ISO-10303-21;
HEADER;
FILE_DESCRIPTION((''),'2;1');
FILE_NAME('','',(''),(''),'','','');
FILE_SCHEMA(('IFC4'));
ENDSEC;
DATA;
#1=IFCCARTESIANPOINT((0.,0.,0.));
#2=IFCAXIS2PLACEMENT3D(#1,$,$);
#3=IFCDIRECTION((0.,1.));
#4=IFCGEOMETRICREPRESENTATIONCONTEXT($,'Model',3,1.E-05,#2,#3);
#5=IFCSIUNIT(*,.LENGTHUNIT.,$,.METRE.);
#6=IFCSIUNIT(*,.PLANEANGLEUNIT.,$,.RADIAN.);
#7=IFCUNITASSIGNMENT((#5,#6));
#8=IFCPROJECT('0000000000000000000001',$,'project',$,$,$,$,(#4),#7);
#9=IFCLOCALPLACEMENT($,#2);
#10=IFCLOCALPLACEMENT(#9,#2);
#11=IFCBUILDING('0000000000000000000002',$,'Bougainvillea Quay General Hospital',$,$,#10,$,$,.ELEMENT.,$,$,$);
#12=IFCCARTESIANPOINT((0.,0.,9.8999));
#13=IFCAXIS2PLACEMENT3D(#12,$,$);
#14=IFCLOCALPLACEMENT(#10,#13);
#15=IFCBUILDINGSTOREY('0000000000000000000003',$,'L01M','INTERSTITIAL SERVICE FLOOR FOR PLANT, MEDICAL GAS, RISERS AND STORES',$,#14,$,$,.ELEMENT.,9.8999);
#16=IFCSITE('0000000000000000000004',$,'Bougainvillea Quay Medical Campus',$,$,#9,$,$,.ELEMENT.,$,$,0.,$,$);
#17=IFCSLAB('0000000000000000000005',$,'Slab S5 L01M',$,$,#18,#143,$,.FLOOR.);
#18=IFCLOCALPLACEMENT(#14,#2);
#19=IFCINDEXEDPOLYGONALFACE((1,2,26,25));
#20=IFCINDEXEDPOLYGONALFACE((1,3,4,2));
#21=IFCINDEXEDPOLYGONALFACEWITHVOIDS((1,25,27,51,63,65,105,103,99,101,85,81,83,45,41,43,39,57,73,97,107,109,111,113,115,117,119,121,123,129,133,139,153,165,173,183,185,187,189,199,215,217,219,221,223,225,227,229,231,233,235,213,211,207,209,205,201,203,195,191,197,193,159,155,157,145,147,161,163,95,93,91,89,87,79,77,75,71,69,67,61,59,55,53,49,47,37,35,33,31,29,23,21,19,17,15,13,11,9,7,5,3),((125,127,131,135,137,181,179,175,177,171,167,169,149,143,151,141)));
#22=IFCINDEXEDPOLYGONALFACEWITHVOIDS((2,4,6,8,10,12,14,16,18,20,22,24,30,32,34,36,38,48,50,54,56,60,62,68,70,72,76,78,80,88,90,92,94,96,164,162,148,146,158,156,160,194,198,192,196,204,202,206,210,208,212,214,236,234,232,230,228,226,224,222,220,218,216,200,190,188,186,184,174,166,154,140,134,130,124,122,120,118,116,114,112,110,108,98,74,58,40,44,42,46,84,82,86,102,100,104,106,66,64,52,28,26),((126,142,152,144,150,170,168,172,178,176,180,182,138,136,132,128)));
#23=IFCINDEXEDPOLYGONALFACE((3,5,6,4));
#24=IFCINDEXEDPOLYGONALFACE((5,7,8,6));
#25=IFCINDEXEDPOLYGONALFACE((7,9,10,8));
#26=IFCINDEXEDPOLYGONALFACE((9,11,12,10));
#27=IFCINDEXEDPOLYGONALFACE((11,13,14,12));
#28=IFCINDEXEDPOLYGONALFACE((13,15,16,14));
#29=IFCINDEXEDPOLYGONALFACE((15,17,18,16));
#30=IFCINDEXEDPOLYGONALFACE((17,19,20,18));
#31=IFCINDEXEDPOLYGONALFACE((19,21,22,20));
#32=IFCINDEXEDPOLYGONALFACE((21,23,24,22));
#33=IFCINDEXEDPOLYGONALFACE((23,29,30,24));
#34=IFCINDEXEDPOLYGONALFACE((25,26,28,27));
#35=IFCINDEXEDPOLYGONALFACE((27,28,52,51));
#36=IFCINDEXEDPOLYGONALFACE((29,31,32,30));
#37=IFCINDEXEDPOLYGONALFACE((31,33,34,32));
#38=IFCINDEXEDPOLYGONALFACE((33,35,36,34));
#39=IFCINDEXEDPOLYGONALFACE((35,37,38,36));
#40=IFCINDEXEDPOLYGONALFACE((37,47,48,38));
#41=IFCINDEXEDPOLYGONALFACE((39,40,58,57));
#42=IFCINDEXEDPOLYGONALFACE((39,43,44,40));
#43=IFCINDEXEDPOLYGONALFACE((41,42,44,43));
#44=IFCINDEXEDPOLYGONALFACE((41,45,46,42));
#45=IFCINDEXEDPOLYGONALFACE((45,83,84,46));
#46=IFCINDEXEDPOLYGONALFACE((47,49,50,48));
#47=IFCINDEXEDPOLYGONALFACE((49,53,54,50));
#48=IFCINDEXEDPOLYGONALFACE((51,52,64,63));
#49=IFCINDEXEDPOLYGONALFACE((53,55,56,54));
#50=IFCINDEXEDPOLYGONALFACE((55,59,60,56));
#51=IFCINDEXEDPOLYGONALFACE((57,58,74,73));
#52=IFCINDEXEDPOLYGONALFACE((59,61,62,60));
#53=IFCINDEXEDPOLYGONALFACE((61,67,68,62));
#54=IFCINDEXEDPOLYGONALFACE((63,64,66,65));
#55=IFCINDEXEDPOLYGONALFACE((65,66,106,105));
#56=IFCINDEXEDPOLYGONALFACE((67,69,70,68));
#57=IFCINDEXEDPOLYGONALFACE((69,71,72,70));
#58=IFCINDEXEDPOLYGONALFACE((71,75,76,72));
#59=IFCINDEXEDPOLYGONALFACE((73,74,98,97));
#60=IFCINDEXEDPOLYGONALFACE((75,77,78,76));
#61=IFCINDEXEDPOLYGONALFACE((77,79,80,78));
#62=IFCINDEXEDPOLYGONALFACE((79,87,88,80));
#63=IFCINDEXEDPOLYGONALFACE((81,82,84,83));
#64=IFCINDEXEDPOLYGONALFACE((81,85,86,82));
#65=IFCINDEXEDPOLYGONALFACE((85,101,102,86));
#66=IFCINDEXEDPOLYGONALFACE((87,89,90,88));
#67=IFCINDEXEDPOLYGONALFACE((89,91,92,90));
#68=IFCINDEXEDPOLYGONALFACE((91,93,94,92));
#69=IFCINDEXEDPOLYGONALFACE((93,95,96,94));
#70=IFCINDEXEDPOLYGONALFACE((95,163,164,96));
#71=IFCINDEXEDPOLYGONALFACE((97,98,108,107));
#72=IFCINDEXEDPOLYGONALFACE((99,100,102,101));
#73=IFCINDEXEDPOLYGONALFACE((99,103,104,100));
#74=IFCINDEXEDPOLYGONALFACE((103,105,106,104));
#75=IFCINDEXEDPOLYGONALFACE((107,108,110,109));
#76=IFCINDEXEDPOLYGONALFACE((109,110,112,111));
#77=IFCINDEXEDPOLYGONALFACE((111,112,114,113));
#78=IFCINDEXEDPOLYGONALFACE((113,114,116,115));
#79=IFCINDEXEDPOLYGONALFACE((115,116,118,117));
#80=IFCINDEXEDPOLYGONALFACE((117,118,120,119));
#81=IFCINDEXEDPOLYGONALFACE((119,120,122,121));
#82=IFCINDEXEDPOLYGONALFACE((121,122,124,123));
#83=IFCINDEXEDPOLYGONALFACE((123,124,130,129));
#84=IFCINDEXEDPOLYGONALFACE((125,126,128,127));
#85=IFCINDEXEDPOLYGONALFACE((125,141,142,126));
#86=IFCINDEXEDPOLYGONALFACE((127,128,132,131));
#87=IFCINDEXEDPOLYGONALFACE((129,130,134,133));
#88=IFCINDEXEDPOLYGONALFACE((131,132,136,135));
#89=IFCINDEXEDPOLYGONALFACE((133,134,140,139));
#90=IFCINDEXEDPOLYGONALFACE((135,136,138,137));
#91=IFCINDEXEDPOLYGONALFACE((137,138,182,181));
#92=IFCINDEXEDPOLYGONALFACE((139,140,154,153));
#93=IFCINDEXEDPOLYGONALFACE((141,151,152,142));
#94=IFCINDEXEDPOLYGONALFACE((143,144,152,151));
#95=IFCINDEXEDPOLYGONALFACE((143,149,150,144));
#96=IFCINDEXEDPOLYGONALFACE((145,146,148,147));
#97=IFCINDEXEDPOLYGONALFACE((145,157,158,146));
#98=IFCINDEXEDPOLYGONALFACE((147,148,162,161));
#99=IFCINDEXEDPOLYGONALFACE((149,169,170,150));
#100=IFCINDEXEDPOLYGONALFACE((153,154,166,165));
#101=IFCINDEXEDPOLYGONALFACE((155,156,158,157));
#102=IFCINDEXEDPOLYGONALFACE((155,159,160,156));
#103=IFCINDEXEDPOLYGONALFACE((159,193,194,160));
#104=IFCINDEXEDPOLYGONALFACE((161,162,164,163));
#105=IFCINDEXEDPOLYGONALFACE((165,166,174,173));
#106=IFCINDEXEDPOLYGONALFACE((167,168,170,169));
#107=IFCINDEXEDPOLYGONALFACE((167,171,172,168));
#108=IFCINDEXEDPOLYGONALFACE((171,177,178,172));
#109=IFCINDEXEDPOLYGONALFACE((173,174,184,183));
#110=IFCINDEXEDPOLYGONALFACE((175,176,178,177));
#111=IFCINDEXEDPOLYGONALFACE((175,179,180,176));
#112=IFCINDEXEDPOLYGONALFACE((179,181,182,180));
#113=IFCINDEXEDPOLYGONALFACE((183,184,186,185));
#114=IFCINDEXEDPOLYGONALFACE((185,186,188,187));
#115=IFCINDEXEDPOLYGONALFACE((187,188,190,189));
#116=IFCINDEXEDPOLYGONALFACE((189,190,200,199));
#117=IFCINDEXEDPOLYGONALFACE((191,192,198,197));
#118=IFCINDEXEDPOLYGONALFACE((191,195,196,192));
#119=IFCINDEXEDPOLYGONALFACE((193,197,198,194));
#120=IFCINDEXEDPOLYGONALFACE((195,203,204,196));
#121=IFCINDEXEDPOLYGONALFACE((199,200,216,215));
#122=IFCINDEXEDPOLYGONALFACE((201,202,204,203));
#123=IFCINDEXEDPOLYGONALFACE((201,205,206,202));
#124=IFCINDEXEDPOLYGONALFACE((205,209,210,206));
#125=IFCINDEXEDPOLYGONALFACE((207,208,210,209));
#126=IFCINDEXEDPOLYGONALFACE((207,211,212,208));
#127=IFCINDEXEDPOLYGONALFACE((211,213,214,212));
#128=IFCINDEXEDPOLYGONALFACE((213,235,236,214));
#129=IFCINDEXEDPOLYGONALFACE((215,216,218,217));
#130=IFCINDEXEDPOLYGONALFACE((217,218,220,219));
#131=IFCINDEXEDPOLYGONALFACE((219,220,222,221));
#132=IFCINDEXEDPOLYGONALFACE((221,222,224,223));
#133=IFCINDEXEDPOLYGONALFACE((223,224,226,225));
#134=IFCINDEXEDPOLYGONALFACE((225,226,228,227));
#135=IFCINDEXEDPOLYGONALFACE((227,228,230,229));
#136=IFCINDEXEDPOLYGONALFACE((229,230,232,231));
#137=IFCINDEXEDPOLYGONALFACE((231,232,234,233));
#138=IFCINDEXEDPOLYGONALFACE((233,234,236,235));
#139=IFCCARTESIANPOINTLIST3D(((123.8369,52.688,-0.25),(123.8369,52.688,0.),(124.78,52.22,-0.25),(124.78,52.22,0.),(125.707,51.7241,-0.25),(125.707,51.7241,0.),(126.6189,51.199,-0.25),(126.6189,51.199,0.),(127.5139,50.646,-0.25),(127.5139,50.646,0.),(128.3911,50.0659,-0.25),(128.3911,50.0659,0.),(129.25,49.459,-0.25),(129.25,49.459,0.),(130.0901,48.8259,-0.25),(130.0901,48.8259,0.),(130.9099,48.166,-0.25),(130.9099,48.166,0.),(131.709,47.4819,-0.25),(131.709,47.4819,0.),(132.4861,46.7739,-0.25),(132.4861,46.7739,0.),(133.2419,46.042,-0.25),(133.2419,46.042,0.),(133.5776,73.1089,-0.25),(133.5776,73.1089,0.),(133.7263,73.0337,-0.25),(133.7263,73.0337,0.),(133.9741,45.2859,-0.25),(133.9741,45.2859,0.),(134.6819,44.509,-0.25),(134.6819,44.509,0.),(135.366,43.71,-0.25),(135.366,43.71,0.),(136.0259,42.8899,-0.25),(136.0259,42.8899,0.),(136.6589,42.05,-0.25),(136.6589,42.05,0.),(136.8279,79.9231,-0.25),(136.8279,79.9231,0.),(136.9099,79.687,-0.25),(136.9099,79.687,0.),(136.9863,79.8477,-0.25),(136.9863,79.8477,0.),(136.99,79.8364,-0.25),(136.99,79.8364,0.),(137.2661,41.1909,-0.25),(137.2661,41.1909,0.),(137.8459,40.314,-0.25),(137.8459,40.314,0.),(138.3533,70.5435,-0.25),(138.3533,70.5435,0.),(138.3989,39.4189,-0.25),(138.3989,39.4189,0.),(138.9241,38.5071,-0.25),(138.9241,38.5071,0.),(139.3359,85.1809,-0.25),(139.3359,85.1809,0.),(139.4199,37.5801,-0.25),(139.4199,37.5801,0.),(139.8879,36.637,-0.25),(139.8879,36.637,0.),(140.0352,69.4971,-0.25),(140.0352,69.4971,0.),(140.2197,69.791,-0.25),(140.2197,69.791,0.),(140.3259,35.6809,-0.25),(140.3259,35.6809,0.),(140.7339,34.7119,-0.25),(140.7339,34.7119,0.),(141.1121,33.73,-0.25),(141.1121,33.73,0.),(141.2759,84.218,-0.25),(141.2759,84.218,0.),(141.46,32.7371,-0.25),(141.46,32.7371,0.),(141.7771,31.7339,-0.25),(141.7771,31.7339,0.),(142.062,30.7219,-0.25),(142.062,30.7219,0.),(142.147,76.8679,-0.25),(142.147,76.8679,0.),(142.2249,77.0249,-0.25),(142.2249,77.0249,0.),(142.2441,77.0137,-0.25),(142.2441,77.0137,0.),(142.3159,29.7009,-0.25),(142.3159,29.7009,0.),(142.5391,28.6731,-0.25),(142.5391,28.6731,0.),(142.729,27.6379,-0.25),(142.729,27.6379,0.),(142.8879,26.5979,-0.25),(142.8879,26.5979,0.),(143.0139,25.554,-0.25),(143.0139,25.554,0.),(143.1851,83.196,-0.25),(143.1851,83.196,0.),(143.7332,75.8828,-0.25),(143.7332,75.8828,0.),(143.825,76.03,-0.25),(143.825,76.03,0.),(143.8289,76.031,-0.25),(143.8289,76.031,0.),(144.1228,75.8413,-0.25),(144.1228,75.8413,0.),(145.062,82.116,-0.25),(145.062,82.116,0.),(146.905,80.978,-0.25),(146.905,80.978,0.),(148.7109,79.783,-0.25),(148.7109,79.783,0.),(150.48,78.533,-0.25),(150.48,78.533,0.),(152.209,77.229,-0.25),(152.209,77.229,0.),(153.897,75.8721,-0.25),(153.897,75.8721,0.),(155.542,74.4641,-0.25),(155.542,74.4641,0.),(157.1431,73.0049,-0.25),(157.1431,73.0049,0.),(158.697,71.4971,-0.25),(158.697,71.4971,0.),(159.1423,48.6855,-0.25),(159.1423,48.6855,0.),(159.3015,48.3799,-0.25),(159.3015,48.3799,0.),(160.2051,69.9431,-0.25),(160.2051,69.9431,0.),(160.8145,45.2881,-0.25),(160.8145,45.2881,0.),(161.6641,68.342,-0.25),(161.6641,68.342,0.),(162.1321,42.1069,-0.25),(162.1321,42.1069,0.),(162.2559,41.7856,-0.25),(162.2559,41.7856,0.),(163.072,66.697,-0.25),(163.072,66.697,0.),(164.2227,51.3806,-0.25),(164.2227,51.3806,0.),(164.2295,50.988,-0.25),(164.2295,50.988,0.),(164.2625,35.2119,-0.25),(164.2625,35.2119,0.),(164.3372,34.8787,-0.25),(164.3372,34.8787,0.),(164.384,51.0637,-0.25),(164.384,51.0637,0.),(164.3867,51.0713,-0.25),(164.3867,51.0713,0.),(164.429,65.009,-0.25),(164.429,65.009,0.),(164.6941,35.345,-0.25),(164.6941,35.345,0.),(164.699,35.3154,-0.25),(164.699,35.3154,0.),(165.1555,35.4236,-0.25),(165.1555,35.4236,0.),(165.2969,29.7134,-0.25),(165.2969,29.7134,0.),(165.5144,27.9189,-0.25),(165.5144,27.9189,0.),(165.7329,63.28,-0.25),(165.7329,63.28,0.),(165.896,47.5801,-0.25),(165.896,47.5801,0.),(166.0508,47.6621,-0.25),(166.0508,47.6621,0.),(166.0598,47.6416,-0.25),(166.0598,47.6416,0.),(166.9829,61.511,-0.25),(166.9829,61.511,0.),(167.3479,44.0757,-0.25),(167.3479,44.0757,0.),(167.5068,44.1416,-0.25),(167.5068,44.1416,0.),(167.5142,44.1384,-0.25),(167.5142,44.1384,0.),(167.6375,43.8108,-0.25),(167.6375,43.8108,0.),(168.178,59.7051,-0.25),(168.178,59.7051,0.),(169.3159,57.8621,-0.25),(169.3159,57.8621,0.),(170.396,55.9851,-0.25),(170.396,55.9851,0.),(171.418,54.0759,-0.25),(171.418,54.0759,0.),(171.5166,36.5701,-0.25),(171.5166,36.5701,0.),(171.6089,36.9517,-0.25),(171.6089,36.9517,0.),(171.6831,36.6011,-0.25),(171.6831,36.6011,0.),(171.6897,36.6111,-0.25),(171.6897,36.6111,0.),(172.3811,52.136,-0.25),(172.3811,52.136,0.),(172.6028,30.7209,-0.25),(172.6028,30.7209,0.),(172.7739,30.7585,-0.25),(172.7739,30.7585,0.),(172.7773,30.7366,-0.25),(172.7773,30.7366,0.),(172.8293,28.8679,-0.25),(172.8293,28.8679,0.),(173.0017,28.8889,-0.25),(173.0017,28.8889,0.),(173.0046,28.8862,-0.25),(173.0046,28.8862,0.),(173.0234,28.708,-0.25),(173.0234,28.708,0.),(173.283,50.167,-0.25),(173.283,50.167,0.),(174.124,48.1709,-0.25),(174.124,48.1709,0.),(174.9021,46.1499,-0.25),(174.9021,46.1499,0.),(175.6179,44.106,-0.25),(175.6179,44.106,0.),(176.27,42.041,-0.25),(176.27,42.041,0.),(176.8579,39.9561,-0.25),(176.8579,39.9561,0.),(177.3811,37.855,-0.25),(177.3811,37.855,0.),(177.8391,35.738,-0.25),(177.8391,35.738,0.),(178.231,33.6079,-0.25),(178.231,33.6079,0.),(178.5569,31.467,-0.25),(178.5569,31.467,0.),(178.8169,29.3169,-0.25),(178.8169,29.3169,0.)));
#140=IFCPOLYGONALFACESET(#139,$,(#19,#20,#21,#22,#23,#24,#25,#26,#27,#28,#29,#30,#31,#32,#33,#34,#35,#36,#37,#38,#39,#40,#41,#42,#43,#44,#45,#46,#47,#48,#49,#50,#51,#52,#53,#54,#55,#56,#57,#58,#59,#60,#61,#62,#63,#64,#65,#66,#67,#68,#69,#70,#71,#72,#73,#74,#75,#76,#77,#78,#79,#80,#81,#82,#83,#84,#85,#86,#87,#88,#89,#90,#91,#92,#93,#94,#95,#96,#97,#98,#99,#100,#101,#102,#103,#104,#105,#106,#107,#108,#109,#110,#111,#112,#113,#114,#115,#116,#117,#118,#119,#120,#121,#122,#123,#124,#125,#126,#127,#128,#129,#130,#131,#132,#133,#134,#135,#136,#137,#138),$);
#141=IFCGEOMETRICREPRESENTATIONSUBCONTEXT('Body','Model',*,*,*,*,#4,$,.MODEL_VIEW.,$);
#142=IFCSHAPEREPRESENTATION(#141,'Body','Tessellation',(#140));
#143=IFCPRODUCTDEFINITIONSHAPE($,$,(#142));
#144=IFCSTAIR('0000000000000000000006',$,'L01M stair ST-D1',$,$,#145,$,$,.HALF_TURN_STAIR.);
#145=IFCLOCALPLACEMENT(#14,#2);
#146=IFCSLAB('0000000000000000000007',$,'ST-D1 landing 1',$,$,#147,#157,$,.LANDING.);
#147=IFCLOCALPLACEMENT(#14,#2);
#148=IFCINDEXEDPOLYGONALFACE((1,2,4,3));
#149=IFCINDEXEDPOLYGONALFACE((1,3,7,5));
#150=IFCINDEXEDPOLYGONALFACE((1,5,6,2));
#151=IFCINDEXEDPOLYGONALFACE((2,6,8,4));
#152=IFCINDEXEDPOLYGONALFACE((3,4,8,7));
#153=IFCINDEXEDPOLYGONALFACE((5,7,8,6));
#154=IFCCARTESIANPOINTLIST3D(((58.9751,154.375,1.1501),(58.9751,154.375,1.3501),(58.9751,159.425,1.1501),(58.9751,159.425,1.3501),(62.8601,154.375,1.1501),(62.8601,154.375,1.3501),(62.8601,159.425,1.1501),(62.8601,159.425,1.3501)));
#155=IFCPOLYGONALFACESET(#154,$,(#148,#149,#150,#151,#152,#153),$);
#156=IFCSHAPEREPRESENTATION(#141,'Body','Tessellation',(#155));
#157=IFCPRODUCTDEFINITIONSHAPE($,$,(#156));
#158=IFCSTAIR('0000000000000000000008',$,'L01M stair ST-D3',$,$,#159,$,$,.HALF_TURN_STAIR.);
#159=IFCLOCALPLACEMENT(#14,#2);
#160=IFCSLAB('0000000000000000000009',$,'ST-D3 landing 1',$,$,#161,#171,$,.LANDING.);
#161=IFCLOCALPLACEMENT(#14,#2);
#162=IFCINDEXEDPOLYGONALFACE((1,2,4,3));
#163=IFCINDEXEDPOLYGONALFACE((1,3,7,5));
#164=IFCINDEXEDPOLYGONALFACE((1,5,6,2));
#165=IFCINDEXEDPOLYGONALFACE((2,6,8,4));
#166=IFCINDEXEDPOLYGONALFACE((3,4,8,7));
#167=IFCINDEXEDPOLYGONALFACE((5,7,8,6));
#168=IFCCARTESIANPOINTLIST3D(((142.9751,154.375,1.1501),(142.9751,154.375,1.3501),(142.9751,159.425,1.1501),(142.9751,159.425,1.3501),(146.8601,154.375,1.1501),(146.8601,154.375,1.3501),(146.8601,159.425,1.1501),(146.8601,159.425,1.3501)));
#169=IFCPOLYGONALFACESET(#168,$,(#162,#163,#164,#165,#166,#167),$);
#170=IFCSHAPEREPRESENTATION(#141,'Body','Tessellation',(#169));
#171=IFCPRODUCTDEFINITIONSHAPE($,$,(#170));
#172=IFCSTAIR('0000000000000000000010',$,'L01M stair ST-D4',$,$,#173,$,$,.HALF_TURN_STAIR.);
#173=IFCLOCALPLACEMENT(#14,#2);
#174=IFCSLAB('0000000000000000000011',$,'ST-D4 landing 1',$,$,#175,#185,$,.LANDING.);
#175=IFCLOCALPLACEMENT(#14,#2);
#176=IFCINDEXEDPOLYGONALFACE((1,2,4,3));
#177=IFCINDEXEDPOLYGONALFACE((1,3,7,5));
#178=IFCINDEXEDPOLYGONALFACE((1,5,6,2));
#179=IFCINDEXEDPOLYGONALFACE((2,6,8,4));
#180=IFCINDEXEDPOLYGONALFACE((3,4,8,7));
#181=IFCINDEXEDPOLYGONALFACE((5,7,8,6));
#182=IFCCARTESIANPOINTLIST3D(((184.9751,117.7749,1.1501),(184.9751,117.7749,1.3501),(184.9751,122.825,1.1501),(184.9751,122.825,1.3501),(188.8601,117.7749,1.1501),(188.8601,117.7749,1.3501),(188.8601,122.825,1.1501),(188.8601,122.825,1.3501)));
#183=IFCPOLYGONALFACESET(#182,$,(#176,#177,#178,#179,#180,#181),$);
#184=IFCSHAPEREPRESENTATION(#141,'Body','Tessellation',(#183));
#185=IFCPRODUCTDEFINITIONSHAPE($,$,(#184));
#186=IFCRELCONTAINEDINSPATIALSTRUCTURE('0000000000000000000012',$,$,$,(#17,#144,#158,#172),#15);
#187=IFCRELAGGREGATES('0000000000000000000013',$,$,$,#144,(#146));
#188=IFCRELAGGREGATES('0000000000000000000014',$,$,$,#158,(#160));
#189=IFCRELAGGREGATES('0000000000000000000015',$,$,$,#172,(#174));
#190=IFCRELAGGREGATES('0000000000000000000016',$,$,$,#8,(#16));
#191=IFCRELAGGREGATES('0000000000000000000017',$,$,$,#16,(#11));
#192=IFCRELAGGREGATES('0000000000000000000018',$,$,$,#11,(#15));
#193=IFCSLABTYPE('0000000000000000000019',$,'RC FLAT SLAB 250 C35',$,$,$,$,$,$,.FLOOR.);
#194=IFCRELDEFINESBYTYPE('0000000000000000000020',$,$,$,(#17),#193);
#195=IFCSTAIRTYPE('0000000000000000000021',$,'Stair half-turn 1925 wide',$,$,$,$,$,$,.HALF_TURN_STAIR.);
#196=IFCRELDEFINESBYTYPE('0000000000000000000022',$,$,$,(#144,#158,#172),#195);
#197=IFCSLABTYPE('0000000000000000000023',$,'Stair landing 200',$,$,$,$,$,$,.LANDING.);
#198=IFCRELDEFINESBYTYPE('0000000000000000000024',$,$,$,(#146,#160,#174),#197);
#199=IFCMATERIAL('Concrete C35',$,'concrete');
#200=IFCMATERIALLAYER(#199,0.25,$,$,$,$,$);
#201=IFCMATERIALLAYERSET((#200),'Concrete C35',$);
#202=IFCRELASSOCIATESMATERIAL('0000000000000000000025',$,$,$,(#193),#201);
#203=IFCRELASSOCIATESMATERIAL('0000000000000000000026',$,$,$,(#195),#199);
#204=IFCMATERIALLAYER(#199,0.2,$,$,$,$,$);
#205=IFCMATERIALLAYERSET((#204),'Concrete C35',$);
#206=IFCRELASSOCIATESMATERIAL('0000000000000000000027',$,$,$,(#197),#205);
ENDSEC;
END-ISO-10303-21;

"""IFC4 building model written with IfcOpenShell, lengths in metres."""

from ifc_helpers import new_model, si_unit, direction, frame, origin, place, context, subcontext, project, spatial, polyline, outline, extrude, material, layer, layer_set, type_object, element, aggregate, save


model = new_model("IFC4")

# Units and contexts
model_context = context("Model", 3, precision=1e-05, world=origin(), true_north=direction((0.0, 1.0)))
body_context = subcontext(model_context, "Body", "Model", "MODEL_VIEW")
ifc_project = project(units=[si_unit("LENGTHUNIT", "METRE"), si_unit("PLANEANGLEUNIT", "RADIAN")], contexts=[model_context])

# Site, building, storey
site_placement = place(None, origin())
site = spatial("IfcSite", under=ifc_project, at=site_placement, Name="Bougainvillea Quay Medical Campus", CompositionType="ELEMENT", RefElevation=0.0)
building_placement = place(site_placement, origin())
building = spatial("IfcBuilding", under=site, at=building_placement, Name="Bougainvillea Quay General Hospital", CompositionType="ELEMENT")
storey_placement = place(building_placement, frame((0.0, 0.0, 9.8999)))
storey = spatial("IfcBuildingStorey", under=building, at=storey_placement, Name="L01M", Description="INTERSTITIAL SERVICE FLOOR FOR PLANT, MEDICAL GAS, RISERS AND STORES", CompositionType="ELEMENT", Elevation=9.8999)

# Slab
ifc_material_1 = material(Name="Concrete C35", Category="concrete")
ifc_layer_1 = layer(ifc_material_1, 0.25)
ifc_layer_set_1 = layer_set([ifc_layer_1], Name="Concrete C35")
slab_type_1 = type_object("IfcSlabType", Name="RC FLAT SLAB 250 C35", PredefinedType="FLOOR", material=ifc_layer_set_1)
slab_1_placement = place(storey_placement, frame((0.0, 0.0, -0.25)))
element("IfcSlab", 1, at=slab_1_placement, inside=storey, type_object=slab_type_1, Name="Slab S5 L01M", PredefinedType="FLOOR", context=body_context, shape_type="SweptSolid", body=[
    extrude(outline(polyline([(163.072, 66.697), (164.429, 65.009), (165.7329, 63.28), (166.9829, 61.511), (168.178, 59.7051), (169.3159, 57.8621), (170.396, 55.9851), (171.418, 54.0759), (172.3811, 52.136), (173.283, 50.167), (174.124, 48.1709), (174.9021, 46.1499), (175.6179, 44.106), (176.27, 42.041), (176.8579, 39.9561), (177.3811, 37.855), (177.8391, 35.738), (178.231, 33.6079), (178.5569, 31.467), (178.8169, 29.3169), (173.0234, 28.708), (173.0046, 28.8862), (172.8293, 28.8679), (173.0017, 28.8889), (172.7773, 30.7366), (172.6028, 30.7209), (172.7739, 30.7585), (171.6831, 36.6011), (171.5166, 36.5701), (171.6897, 36.6111), (171.6089, 36.9517), (165.1555, 35.4236), (164.6941, 35.345), (164.6941, 35.345), (164.699, 35.3154), (164.2625, 35.2119), (164.3372, 34.8787), (165.2969, 29.7134), (165.5144, 27.9189), (143.0139, 25.554), (142.8879, 26.5979), (142.729, 27.6379), (142.5391, 28.6731), (142.3159, 29.7009), (142.062, 30.7219), (141.7771, 31.7339), (141.46, 32.7371), (141.1121, 33.73), (140.7339, 34.7119), (140.3259, 35.6809), (139.8879, 36.637), (139.4199, 37.5801), (138.9241, 38.5071), (138.3989, 39.4189), (137.8459, 40.314), (137.2661, 41.1909), (136.6589, 42.05), (136.0259, 42.8899), (135.366, 43.71), (134.6819, 44.509), (133.9741, 45.2859), (133.2419, 46.042), (132.4861, 46.7739), (131.709, 47.4819), (130.9099, 48.166), (130.0901, 48.8259), (129.25, 49.459), (128.3911, 50.0659), (127.5139, 50.646), (126.6189, 51.199), (125.707, 51.7241), (124.78, 52.22), (123.8369, 52.688), (133.5776, 73.1089), (133.7263, 73.0337), (138.3533, 70.5435), (140.0352, 69.4971), (140.2197, 69.791), (144.1228, 75.8413), (143.8289, 76.031), (143.7332, 75.8828), (143.825, 76.03), (142.2441, 77.0137), (142.147, 76.8679), (142.2249, 77.0249), (136.99, 79.8364), (136.9099, 79.687), (136.9863, 79.8477), (136.8279, 79.9231), (139.3359, 85.1809), (141.2759, 84.218), (143.1851, 83.196), (145.062, 82.116), (146.905, 80.978), (148.7109, 79.783), (150.48, 78.533), (152.209, 77.229), (153.897, 75.8721), (155.542, 74.4641), (157.1431, 73.0049), (158.697, 71.4971), (160.2051, 69.9431), (161.6641, 68.342), (163.072, 66.697)]), holes=[polyline([(164.3867, 51.0713), (164.2227, 51.3806), (159.1423, 48.6855), (159.3015, 48.3799), (160.8145, 45.2881), (162.1321, 42.1069), (162.2559, 41.7856), (167.6375, 43.8108), (167.5142, 44.1384), (167.3479, 44.0757), (167.5068, 44.1416), (166.0598, 47.6416), (165.896, 47.5801), (166.0508, 47.6621), (164.384, 51.0637), (164.2295, 50.988), (164.3867, 51.0713)])]), origin(), (0.0, 0.0, 1.0), 0.25),
])

# Stairs, slabs
stair_type_1 = type_object("IfcStairType", Name="Stair half-turn 1925 wide", PredefinedType="HALF_TURN_STAIR", material=ifc_material_1)
stair_1_placement = place(storey_placement, origin())
stair_1 = element("IfcStair", 2, at=stair_1_placement, inside=storey, type_object=stair_type_1, Name="L01M stair ST-D1", PredefinedType="HALF_TURN_STAIR")
ifc_layer_2 = layer(ifc_material_1, 0.2)
ifc_layer_set_2 = layer_set([ifc_layer_2], Name="Concrete C35")
slab_type_2 = type_object("IfcSlabType", Name="Stair landing 200", PredefinedType="LANDING", material=ifc_layer_set_2)
slab_2_placement = place(storey_placement, frame((0.0, 0.0, 1.1501)))
slab_2 = element("IfcSlab", 3, at=slab_2_placement, type_object=slab_type_2, Name="ST-D1 landing 1", PredefinedType="LANDING", context=body_context, shape_type="SweptSolid", body=[
    extrude(outline(polyline([(62.8601, 159.425), (58.9751, 159.425), (58.9751, 154.375), (62.8601, 154.375), (62.8601, 159.425)])), origin(), (0.0, 0.0, 1.0), 0.2),
])
aggregate(stair_1, [slab_2])
stair_2_placement = place(storey_placement, origin())
stair_2 = element("IfcStair", 4, at=stair_2_placement, inside=storey, type_object=stair_type_1, Name="L01M stair ST-D3", PredefinedType="HALF_TURN_STAIR")
slab_3_placement = place(storey_placement, frame((0.0, 0.0, 1.1501)))
slab_3 = element("IfcSlab", 5, at=slab_3_placement, type_object=slab_type_2, Name="ST-D3 landing 1", PredefinedType="LANDING", context=body_context, shape_type="SweptSolid", body=[
    extrude(outline(polyline([(146.8601, 159.425), (142.9751, 159.425), (142.9751, 154.375), (146.8601, 154.375), (146.8601, 159.425)])), origin(), (0.0, 0.0, 1.0), 0.2),
])
aggregate(stair_2, [slab_3])
stair_3_placement = place(storey_placement, origin())
stair_3 = element("IfcStair", 6, at=stair_3_placement, inside=storey, type_object=stair_type_1, Name="L01M stair ST-D4", PredefinedType="HALF_TURN_STAIR")
slab_4_placement = place(storey_placement, frame((0.0, 0.0, 1.1501)))
slab_4 = element("IfcSlab", 7, at=slab_4_placement, type_object=slab_type_2, Name="ST-D4 landing 1", PredefinedType="LANDING", context=body_context, shape_type="SweptSolid", body=[
    extrude(outline(polyline([(188.8601, 122.825), (184.9751, 122.825), (184.9751, 117.7749), (188.8601, 117.7749), (188.8601, 122.825)])), origin(), (0.0, 0.0, 1.0), 0.2),
])
aggregate(stair_3, [slab_4])

save(model, "model.ifc")
